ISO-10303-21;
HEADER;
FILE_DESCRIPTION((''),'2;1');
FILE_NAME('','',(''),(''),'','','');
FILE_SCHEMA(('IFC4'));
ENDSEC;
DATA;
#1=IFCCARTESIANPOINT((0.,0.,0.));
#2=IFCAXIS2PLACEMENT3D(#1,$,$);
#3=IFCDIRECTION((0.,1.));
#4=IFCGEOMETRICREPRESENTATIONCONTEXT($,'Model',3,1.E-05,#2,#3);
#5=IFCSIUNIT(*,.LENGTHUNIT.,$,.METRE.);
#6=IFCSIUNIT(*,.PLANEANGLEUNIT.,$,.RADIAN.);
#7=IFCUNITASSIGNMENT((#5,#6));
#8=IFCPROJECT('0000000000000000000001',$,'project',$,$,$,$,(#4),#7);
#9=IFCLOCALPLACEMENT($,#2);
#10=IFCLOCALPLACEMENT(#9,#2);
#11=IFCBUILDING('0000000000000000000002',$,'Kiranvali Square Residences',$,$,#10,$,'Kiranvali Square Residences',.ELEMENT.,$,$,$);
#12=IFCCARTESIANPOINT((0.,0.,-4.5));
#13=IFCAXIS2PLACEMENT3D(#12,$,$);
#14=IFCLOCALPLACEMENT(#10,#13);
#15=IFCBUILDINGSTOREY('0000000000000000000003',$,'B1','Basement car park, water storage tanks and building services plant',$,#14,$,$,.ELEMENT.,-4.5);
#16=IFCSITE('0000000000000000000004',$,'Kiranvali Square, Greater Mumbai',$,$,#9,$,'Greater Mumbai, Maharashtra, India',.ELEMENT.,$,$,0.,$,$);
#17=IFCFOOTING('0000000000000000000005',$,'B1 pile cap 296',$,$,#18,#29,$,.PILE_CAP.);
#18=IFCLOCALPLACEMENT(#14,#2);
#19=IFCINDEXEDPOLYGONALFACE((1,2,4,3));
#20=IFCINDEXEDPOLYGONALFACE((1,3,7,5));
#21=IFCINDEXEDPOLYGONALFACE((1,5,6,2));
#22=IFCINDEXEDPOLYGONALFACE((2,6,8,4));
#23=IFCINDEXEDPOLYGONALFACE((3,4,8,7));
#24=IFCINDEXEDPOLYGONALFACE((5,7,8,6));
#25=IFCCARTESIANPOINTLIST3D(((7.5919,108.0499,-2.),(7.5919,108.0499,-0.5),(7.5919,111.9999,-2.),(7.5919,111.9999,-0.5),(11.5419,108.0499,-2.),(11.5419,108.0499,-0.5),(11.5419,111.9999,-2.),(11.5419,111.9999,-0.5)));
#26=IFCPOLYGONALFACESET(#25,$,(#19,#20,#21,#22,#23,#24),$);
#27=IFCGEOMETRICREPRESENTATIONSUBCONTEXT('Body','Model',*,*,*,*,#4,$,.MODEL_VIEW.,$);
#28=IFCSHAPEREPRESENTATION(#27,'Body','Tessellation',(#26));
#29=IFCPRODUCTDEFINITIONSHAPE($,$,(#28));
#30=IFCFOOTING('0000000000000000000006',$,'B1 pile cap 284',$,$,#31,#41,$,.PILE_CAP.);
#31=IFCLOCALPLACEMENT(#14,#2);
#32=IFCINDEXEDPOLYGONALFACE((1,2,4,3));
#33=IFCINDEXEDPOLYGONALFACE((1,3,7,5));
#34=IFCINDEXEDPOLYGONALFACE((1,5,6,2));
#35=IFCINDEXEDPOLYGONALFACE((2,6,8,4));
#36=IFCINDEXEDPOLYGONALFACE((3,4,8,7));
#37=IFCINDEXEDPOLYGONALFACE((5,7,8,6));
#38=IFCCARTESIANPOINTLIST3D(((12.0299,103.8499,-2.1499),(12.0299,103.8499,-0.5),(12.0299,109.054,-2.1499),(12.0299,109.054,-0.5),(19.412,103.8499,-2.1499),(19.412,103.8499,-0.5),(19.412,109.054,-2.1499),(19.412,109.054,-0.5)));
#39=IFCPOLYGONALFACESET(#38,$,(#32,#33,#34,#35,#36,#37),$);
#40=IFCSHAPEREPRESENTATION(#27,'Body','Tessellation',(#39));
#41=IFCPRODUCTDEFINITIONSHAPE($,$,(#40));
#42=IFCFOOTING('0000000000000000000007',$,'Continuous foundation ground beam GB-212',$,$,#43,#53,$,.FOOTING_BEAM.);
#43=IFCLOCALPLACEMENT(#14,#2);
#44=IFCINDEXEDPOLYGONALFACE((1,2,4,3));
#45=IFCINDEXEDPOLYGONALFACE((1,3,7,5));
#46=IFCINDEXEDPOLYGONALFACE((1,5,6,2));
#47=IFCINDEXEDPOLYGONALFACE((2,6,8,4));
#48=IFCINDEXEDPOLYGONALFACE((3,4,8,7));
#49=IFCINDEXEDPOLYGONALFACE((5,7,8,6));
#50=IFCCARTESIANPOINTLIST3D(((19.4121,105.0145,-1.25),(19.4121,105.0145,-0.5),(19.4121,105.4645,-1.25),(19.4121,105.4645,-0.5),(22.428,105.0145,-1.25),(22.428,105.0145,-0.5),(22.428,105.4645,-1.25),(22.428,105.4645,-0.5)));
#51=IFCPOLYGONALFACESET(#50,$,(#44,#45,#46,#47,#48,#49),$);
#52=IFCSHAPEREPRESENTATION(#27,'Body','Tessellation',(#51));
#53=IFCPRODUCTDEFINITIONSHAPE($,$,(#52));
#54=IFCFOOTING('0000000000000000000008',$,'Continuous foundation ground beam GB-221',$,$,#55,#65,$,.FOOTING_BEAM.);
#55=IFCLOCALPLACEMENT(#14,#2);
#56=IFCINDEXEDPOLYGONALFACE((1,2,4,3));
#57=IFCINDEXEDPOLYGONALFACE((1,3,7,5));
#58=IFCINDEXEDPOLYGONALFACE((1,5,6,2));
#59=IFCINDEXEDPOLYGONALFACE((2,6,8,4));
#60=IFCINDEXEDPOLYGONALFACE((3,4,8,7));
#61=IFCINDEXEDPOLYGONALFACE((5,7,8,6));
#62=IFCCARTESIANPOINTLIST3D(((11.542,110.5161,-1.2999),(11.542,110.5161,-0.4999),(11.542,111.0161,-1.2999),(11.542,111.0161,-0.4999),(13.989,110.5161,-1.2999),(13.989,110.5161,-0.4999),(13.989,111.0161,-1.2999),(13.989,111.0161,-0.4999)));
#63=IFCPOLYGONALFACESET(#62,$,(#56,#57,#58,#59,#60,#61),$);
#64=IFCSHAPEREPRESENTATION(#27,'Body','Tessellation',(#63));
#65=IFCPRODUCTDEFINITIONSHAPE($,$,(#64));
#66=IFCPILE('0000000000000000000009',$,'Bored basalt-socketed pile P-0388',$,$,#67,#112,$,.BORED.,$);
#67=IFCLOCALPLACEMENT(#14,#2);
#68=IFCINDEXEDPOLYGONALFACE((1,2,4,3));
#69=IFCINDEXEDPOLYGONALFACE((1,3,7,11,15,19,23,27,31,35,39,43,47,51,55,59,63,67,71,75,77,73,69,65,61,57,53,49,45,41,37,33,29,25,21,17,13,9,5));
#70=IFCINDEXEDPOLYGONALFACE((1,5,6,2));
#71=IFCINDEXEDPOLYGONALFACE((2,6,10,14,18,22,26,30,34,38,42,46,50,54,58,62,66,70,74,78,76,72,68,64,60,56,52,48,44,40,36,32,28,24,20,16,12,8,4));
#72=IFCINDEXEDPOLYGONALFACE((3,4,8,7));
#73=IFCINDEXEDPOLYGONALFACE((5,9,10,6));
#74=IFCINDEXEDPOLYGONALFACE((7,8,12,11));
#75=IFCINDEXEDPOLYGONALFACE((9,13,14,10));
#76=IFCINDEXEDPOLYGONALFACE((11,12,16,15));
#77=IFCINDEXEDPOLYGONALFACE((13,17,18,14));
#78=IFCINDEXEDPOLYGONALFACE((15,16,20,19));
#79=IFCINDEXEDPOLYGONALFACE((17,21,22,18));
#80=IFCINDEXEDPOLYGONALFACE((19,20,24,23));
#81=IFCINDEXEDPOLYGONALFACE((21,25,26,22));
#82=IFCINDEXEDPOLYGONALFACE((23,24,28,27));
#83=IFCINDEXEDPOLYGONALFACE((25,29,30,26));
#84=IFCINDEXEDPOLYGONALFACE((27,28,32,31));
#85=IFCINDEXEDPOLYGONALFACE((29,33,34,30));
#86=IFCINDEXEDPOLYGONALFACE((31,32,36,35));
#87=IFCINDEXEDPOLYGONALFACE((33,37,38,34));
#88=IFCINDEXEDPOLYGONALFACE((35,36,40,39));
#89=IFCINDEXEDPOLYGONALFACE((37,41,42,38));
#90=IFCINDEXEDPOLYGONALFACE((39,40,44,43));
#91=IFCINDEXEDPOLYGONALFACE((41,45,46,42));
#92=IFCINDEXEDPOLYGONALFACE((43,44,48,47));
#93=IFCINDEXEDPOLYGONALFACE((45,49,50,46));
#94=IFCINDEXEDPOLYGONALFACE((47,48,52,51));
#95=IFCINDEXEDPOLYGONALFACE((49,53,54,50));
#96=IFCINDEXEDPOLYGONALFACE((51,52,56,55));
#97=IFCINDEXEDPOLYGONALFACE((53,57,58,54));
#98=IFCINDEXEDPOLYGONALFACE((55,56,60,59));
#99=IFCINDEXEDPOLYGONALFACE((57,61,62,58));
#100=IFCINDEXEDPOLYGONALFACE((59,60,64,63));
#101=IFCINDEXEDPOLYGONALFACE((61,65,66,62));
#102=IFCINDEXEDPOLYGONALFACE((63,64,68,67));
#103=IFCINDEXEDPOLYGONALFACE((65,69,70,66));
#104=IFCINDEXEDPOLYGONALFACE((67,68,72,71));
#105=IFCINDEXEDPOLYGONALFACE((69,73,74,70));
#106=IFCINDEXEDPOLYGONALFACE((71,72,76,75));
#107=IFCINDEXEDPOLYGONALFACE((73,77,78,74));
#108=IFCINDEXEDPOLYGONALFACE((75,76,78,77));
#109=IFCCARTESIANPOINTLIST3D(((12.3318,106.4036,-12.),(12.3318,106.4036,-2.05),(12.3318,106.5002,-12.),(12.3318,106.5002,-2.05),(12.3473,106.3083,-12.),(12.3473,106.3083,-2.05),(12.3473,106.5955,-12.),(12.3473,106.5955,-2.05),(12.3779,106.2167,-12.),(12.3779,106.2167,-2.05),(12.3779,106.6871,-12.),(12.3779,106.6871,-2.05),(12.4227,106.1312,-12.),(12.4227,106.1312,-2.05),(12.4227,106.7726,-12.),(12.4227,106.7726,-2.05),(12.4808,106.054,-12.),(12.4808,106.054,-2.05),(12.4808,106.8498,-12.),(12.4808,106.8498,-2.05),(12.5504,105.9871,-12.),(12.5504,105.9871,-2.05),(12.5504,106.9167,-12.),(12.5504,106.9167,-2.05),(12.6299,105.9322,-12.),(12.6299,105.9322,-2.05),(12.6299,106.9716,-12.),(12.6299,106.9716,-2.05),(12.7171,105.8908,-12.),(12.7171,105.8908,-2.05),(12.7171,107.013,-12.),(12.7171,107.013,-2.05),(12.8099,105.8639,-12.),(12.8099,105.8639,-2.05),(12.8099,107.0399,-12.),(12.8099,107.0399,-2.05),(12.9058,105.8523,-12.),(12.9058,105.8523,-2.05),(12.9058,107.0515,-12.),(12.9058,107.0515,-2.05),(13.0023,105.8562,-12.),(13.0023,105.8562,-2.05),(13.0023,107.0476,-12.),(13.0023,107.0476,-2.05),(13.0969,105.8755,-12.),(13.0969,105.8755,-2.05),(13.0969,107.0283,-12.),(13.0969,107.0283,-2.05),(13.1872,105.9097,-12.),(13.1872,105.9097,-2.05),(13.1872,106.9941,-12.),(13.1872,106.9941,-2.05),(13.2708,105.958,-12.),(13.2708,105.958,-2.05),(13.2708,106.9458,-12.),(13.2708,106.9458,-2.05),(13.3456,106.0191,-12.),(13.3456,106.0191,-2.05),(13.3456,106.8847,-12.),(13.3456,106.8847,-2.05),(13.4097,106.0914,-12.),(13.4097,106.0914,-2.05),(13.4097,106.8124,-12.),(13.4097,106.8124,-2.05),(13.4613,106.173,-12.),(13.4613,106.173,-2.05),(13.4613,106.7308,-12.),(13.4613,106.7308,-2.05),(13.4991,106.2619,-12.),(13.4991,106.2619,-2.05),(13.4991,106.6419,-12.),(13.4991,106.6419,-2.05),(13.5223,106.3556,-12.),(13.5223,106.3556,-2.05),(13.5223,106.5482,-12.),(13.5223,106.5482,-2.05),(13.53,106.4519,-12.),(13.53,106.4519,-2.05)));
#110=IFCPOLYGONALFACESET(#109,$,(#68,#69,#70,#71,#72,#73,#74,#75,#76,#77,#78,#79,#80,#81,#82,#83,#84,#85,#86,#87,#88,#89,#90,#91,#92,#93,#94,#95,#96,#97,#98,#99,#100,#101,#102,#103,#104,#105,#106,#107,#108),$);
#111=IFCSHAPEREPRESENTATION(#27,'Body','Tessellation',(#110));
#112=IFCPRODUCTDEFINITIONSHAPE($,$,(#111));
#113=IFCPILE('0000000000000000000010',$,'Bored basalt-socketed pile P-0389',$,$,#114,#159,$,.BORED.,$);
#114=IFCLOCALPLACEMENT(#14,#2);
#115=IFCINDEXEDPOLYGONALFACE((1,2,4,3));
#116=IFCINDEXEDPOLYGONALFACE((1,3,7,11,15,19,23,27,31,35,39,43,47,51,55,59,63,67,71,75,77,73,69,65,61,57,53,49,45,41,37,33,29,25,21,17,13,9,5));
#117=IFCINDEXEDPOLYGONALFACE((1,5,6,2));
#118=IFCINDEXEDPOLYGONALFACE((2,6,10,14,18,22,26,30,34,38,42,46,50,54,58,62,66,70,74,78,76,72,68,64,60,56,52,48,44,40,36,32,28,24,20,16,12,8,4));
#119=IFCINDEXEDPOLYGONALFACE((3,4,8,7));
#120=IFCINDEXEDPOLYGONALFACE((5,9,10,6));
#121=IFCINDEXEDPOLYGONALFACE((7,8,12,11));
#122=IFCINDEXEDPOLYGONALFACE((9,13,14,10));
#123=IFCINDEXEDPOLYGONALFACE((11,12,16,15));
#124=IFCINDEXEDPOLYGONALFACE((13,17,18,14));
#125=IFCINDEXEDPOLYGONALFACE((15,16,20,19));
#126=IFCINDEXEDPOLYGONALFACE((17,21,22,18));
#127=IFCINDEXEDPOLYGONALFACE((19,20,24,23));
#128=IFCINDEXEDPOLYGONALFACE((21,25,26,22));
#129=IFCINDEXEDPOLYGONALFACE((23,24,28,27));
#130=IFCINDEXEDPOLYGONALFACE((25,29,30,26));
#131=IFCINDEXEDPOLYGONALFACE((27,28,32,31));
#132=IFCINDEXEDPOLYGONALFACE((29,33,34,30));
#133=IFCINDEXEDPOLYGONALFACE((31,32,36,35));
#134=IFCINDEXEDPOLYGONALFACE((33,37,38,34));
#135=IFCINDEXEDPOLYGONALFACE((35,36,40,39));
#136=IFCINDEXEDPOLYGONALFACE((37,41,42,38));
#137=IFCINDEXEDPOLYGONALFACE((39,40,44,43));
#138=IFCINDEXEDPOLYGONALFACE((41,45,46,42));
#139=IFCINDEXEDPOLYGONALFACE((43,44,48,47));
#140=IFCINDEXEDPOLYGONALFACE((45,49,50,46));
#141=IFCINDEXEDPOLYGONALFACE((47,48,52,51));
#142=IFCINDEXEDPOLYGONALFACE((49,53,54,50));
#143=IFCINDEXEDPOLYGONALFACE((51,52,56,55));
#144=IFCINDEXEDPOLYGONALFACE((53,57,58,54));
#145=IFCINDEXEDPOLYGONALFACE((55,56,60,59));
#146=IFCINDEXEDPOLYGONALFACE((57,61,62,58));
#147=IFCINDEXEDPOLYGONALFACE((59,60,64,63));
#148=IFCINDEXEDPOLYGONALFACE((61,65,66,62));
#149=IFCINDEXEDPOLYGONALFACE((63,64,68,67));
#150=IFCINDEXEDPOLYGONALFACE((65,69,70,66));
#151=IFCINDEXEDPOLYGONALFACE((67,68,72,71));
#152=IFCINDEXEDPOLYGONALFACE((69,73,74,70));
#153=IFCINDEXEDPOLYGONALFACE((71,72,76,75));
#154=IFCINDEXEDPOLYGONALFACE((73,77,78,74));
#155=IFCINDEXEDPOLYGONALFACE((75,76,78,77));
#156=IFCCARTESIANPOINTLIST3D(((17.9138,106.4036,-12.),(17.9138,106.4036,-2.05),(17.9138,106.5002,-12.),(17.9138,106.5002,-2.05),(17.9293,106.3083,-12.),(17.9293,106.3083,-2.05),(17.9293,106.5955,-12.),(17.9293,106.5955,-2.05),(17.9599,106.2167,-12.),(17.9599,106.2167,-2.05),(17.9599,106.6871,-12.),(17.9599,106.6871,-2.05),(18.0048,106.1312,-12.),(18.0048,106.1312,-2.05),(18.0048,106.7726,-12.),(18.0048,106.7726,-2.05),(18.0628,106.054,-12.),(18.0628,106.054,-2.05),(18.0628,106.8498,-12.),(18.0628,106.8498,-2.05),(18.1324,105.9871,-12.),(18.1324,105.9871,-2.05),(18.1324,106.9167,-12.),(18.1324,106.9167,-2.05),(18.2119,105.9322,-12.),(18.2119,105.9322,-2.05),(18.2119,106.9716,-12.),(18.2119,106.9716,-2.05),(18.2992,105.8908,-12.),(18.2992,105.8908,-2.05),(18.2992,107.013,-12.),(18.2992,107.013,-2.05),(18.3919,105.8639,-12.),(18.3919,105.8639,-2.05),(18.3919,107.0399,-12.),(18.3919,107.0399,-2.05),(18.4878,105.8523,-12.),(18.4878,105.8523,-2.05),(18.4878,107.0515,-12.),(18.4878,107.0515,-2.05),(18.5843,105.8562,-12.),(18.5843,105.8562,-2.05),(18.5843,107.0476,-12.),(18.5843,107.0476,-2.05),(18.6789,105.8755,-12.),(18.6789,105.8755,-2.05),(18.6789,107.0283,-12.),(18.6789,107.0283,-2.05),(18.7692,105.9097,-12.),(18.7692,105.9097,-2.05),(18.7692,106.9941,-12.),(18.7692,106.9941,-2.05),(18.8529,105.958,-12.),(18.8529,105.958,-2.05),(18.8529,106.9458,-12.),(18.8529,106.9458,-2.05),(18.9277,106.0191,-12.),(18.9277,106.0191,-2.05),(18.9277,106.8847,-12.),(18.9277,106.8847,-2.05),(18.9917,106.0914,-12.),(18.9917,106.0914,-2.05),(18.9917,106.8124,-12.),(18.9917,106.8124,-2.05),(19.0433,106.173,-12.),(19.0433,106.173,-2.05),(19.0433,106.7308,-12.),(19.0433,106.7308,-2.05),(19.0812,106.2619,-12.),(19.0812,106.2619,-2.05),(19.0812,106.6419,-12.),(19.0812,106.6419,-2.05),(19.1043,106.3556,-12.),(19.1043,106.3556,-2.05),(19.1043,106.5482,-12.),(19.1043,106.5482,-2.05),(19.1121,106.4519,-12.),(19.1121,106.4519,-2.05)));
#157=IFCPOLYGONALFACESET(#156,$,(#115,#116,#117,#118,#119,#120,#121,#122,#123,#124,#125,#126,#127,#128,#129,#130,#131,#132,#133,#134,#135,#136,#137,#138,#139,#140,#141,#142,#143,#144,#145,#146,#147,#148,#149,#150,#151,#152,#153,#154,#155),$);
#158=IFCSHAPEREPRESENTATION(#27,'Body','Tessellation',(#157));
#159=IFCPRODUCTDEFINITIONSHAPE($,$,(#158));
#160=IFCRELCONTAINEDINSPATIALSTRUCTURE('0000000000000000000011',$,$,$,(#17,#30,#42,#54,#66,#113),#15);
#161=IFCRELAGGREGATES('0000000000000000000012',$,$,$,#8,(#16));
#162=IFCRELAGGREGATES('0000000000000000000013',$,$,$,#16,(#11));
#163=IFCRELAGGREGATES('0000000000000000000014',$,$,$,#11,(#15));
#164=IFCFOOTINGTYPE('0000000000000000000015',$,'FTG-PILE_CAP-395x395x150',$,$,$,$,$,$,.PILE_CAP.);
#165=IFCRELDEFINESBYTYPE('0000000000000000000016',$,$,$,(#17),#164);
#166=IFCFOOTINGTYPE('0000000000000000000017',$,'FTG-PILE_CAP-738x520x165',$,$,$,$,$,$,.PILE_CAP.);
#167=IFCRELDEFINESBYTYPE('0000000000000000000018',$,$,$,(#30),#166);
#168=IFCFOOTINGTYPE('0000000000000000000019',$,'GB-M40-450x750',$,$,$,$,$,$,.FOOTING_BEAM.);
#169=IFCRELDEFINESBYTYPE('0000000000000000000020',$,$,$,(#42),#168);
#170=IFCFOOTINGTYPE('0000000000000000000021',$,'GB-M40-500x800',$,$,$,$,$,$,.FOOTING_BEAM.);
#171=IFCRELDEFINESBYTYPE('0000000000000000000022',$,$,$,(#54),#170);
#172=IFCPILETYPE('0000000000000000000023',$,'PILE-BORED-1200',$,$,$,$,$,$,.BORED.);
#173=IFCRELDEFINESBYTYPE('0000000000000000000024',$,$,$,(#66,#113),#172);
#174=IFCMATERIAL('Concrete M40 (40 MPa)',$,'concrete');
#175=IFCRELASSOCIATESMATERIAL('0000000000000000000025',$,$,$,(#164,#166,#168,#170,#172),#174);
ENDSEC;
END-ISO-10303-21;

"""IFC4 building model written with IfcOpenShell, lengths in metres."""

from ifc_helpers import new_model, si_unit, direction, frame, origin, origin_2d, place, context, subcontext, project, spatial, rectangle, circle, extrude, material, material_profile, profile_set, type_object, element, save


model = new_model("IFC4")

# Units and contexts
model_context = context("Model", 3, precision=1e-05, world=origin(), true_north=direction((0.0, 1.0)))
body_context = subcontext(model_context, "Body", "Model", "MODEL_VIEW")
ifc_project = project(units=[si_unit("LENGTHUNIT", "METRE"), si_unit("PLANEANGLEUNIT", "RADIAN")], contexts=[model_context])

# Site, building, storey
site_placement = place(None, origin())
site = spatial("IfcSite", under=ifc_project, at=site_placement, Name="Kiranvali Square, Greater Mumbai", LongName="Greater Mumbai, Maharashtra, India", CompositionType="ELEMENT", RefElevation=0.0)
building_placement = place(site_placement, origin())
building = spatial("IfcBuilding", under=site, at=building_placement, Name="Kiranvali Square Residences", LongName="Kiranvali Square Residences", CompositionType="ELEMENT")
storey_placement = place(building_placement, frame((0.0, 0.0, -4.5)))
storey = spatial("IfcBuildingStorey", under=building, at=storey_placement, Name="B1", Description="Basement car park, water storage tanks and building services plant", CompositionType="ELEMENT", Elevation=-4.5)

# Footings
ifc_material_1 = material(Name="Concrete M40 (40 MPa)", Category="concrete")
footing_type_1 = type_object("IfcFootingType", Name="FTG-PILE_CAP-395x395x150", PredefinedType="PILE_CAP", material=ifc_material_1)
footing_1_placement = place(storey_placement, frame((9.5669, 110.0249, -2.0), z_axis=(0.0, 0.0, 1.0), x_axis=(1.0, 0.0, 0.0)))
element("IfcFooting", 1, at=footing_1_placement, inside=storey, type_object=footing_type_1, Name="B1 pile cap 296", PredefinedType="PILE_CAP", context=body_context, shape_type="SweptSolid", body=[
    extrude(rectangle(XDim=3.95, YDim=3.95, at=origin_2d()), origin(), (0.0, 0.0, 1.0), 1.5),
])
footing_type_2 = type_object("IfcFootingType", Name="FTG-PILE_CAP-738x520x165", PredefinedType="PILE_CAP", material=ifc_material_1)
footing_2_placement = place(storey_placement, frame((15.7209, 106.4519, -2.1499), z_axis=(0.0, 0.0, 1.0), x_axis=(1.0, 0.0, 0.0)))
element("IfcFooting", 2, at=footing_2_placement, inside=storey, type_object=footing_type_2, Name="B1 pile cap 284", PredefinedType="PILE_CAP", context=body_context, shape_type="SweptSolid", body=[
    extrude(rectangle(XDim=7.3821, YDim=5.2041, at=origin_2d()), origin(), (0.0, 0.0, 1.0), 1.6499),
])
ifc_material_profile_1 = material_profile(ifc_material_1, rectangle(XDim=0.45, YDim=0.75, at=origin_2d()), Name="GB 450x750")
ifc_profile_set_1 = profile_set([ifc_material_profile_1], Name="Concrete M40 (40 MPa)")
footing_type_3 = type_object("IfcFootingType", Name="GB-M40-450x750", PredefinedType="FOOTING_BEAM", material=ifc_profile_set_1)
footing_3_placement = place(storey_placement, frame((19.4121, 105.2395, -0.875), z_axis=(1.0, 0.0, 0.0), x_axis=(0.0, 1.0, 0.0)))
element("IfcFooting", 3, at=footing_3_placement, inside=storey, type_object=footing_type_3, Name="Continuous foundation ground beam GB-212", PredefinedType="FOOTING_BEAM", context=body_context, shape_type="SweptSolid", body=[
    extrude(rectangle(XDim=0.45, YDim=0.75, at=origin_2d()), origin(), (0.0, 0.0, 1.0), 3.0159),
])
ifc_material_profile_2 = material_profile(ifc_material_1, rectangle(XDim=0.5, YDim=0.8, at=origin_2d()), Name="GB 500x800")
ifc_profile_set_2 = profile_set([ifc_material_profile_2], Name="Concrete M40 (40 MPa)")
footing_type_4 = type_object("IfcFootingType", Name="GB-M40-500x800", PredefinedType="FOOTING_BEAM", material=ifc_profile_set_2)
footing_4_placement = place(storey_placement, frame((11.542, 110.7661, -0.8999), z_axis=(1.0, 0.0, 0.0), x_axis=(0.0, 1.0, 0.0)))
element("IfcFooting", 4, at=footing_4_placement, inside=storey, type_object=footing_type_4, Name="Continuous foundation ground beam GB-221", PredefinedType="FOOTING_BEAM", context=body_context, shape_type="SweptSolid", body=[
    extrude(rectangle(XDim=0.5, YDim=0.8, at=origin_2d()), origin(), (0.0, 0.0, 1.0), 2.447),
])

# Piles
ifc_material_profile_3 = material_profile(ifc_material_1, circle(Radius=0.6001, at=origin_2d()), Name="BORED PILE 1200")
ifc_profile_set_3 = profile_set([ifc_material_profile_3], Name="Concrete M40 (40 MPa)")
pile_type = type_object("IfcPileType", Name="PILE-BORED-1200", PredefinedType="BORED", material=ifc_profile_set_3)
for number, where, z_axis, x_axis, name in (
    (5, (12.9299, 106.4519, -2.05), (0.0, 0.0, -1.0), (1.0, 0.0, 0.0), "Bored basalt-socketed pile P-0388"),
    (6, (18.512, 106.4519, -2.05), (0.0, 0.0, -1.0), (1.0, 0.0, 0.0), "Bored basalt-socketed pile P-0389"),
):
    element("IfcPile", number, at=place(storey_placement, frame(where, z_axis=z_axis, x_axis=x_axis)), inside=storey, type_object=pile_type, Name=name, PredefinedType="BORED", context=body_context, shape_type="SweptSolid", body=[
        extrude(circle(Radius=0.6001, at=origin_2d()), origin(), (0.0, 0.0, 1.0), 9.95),
    ])

save(model, "model.ifc")
